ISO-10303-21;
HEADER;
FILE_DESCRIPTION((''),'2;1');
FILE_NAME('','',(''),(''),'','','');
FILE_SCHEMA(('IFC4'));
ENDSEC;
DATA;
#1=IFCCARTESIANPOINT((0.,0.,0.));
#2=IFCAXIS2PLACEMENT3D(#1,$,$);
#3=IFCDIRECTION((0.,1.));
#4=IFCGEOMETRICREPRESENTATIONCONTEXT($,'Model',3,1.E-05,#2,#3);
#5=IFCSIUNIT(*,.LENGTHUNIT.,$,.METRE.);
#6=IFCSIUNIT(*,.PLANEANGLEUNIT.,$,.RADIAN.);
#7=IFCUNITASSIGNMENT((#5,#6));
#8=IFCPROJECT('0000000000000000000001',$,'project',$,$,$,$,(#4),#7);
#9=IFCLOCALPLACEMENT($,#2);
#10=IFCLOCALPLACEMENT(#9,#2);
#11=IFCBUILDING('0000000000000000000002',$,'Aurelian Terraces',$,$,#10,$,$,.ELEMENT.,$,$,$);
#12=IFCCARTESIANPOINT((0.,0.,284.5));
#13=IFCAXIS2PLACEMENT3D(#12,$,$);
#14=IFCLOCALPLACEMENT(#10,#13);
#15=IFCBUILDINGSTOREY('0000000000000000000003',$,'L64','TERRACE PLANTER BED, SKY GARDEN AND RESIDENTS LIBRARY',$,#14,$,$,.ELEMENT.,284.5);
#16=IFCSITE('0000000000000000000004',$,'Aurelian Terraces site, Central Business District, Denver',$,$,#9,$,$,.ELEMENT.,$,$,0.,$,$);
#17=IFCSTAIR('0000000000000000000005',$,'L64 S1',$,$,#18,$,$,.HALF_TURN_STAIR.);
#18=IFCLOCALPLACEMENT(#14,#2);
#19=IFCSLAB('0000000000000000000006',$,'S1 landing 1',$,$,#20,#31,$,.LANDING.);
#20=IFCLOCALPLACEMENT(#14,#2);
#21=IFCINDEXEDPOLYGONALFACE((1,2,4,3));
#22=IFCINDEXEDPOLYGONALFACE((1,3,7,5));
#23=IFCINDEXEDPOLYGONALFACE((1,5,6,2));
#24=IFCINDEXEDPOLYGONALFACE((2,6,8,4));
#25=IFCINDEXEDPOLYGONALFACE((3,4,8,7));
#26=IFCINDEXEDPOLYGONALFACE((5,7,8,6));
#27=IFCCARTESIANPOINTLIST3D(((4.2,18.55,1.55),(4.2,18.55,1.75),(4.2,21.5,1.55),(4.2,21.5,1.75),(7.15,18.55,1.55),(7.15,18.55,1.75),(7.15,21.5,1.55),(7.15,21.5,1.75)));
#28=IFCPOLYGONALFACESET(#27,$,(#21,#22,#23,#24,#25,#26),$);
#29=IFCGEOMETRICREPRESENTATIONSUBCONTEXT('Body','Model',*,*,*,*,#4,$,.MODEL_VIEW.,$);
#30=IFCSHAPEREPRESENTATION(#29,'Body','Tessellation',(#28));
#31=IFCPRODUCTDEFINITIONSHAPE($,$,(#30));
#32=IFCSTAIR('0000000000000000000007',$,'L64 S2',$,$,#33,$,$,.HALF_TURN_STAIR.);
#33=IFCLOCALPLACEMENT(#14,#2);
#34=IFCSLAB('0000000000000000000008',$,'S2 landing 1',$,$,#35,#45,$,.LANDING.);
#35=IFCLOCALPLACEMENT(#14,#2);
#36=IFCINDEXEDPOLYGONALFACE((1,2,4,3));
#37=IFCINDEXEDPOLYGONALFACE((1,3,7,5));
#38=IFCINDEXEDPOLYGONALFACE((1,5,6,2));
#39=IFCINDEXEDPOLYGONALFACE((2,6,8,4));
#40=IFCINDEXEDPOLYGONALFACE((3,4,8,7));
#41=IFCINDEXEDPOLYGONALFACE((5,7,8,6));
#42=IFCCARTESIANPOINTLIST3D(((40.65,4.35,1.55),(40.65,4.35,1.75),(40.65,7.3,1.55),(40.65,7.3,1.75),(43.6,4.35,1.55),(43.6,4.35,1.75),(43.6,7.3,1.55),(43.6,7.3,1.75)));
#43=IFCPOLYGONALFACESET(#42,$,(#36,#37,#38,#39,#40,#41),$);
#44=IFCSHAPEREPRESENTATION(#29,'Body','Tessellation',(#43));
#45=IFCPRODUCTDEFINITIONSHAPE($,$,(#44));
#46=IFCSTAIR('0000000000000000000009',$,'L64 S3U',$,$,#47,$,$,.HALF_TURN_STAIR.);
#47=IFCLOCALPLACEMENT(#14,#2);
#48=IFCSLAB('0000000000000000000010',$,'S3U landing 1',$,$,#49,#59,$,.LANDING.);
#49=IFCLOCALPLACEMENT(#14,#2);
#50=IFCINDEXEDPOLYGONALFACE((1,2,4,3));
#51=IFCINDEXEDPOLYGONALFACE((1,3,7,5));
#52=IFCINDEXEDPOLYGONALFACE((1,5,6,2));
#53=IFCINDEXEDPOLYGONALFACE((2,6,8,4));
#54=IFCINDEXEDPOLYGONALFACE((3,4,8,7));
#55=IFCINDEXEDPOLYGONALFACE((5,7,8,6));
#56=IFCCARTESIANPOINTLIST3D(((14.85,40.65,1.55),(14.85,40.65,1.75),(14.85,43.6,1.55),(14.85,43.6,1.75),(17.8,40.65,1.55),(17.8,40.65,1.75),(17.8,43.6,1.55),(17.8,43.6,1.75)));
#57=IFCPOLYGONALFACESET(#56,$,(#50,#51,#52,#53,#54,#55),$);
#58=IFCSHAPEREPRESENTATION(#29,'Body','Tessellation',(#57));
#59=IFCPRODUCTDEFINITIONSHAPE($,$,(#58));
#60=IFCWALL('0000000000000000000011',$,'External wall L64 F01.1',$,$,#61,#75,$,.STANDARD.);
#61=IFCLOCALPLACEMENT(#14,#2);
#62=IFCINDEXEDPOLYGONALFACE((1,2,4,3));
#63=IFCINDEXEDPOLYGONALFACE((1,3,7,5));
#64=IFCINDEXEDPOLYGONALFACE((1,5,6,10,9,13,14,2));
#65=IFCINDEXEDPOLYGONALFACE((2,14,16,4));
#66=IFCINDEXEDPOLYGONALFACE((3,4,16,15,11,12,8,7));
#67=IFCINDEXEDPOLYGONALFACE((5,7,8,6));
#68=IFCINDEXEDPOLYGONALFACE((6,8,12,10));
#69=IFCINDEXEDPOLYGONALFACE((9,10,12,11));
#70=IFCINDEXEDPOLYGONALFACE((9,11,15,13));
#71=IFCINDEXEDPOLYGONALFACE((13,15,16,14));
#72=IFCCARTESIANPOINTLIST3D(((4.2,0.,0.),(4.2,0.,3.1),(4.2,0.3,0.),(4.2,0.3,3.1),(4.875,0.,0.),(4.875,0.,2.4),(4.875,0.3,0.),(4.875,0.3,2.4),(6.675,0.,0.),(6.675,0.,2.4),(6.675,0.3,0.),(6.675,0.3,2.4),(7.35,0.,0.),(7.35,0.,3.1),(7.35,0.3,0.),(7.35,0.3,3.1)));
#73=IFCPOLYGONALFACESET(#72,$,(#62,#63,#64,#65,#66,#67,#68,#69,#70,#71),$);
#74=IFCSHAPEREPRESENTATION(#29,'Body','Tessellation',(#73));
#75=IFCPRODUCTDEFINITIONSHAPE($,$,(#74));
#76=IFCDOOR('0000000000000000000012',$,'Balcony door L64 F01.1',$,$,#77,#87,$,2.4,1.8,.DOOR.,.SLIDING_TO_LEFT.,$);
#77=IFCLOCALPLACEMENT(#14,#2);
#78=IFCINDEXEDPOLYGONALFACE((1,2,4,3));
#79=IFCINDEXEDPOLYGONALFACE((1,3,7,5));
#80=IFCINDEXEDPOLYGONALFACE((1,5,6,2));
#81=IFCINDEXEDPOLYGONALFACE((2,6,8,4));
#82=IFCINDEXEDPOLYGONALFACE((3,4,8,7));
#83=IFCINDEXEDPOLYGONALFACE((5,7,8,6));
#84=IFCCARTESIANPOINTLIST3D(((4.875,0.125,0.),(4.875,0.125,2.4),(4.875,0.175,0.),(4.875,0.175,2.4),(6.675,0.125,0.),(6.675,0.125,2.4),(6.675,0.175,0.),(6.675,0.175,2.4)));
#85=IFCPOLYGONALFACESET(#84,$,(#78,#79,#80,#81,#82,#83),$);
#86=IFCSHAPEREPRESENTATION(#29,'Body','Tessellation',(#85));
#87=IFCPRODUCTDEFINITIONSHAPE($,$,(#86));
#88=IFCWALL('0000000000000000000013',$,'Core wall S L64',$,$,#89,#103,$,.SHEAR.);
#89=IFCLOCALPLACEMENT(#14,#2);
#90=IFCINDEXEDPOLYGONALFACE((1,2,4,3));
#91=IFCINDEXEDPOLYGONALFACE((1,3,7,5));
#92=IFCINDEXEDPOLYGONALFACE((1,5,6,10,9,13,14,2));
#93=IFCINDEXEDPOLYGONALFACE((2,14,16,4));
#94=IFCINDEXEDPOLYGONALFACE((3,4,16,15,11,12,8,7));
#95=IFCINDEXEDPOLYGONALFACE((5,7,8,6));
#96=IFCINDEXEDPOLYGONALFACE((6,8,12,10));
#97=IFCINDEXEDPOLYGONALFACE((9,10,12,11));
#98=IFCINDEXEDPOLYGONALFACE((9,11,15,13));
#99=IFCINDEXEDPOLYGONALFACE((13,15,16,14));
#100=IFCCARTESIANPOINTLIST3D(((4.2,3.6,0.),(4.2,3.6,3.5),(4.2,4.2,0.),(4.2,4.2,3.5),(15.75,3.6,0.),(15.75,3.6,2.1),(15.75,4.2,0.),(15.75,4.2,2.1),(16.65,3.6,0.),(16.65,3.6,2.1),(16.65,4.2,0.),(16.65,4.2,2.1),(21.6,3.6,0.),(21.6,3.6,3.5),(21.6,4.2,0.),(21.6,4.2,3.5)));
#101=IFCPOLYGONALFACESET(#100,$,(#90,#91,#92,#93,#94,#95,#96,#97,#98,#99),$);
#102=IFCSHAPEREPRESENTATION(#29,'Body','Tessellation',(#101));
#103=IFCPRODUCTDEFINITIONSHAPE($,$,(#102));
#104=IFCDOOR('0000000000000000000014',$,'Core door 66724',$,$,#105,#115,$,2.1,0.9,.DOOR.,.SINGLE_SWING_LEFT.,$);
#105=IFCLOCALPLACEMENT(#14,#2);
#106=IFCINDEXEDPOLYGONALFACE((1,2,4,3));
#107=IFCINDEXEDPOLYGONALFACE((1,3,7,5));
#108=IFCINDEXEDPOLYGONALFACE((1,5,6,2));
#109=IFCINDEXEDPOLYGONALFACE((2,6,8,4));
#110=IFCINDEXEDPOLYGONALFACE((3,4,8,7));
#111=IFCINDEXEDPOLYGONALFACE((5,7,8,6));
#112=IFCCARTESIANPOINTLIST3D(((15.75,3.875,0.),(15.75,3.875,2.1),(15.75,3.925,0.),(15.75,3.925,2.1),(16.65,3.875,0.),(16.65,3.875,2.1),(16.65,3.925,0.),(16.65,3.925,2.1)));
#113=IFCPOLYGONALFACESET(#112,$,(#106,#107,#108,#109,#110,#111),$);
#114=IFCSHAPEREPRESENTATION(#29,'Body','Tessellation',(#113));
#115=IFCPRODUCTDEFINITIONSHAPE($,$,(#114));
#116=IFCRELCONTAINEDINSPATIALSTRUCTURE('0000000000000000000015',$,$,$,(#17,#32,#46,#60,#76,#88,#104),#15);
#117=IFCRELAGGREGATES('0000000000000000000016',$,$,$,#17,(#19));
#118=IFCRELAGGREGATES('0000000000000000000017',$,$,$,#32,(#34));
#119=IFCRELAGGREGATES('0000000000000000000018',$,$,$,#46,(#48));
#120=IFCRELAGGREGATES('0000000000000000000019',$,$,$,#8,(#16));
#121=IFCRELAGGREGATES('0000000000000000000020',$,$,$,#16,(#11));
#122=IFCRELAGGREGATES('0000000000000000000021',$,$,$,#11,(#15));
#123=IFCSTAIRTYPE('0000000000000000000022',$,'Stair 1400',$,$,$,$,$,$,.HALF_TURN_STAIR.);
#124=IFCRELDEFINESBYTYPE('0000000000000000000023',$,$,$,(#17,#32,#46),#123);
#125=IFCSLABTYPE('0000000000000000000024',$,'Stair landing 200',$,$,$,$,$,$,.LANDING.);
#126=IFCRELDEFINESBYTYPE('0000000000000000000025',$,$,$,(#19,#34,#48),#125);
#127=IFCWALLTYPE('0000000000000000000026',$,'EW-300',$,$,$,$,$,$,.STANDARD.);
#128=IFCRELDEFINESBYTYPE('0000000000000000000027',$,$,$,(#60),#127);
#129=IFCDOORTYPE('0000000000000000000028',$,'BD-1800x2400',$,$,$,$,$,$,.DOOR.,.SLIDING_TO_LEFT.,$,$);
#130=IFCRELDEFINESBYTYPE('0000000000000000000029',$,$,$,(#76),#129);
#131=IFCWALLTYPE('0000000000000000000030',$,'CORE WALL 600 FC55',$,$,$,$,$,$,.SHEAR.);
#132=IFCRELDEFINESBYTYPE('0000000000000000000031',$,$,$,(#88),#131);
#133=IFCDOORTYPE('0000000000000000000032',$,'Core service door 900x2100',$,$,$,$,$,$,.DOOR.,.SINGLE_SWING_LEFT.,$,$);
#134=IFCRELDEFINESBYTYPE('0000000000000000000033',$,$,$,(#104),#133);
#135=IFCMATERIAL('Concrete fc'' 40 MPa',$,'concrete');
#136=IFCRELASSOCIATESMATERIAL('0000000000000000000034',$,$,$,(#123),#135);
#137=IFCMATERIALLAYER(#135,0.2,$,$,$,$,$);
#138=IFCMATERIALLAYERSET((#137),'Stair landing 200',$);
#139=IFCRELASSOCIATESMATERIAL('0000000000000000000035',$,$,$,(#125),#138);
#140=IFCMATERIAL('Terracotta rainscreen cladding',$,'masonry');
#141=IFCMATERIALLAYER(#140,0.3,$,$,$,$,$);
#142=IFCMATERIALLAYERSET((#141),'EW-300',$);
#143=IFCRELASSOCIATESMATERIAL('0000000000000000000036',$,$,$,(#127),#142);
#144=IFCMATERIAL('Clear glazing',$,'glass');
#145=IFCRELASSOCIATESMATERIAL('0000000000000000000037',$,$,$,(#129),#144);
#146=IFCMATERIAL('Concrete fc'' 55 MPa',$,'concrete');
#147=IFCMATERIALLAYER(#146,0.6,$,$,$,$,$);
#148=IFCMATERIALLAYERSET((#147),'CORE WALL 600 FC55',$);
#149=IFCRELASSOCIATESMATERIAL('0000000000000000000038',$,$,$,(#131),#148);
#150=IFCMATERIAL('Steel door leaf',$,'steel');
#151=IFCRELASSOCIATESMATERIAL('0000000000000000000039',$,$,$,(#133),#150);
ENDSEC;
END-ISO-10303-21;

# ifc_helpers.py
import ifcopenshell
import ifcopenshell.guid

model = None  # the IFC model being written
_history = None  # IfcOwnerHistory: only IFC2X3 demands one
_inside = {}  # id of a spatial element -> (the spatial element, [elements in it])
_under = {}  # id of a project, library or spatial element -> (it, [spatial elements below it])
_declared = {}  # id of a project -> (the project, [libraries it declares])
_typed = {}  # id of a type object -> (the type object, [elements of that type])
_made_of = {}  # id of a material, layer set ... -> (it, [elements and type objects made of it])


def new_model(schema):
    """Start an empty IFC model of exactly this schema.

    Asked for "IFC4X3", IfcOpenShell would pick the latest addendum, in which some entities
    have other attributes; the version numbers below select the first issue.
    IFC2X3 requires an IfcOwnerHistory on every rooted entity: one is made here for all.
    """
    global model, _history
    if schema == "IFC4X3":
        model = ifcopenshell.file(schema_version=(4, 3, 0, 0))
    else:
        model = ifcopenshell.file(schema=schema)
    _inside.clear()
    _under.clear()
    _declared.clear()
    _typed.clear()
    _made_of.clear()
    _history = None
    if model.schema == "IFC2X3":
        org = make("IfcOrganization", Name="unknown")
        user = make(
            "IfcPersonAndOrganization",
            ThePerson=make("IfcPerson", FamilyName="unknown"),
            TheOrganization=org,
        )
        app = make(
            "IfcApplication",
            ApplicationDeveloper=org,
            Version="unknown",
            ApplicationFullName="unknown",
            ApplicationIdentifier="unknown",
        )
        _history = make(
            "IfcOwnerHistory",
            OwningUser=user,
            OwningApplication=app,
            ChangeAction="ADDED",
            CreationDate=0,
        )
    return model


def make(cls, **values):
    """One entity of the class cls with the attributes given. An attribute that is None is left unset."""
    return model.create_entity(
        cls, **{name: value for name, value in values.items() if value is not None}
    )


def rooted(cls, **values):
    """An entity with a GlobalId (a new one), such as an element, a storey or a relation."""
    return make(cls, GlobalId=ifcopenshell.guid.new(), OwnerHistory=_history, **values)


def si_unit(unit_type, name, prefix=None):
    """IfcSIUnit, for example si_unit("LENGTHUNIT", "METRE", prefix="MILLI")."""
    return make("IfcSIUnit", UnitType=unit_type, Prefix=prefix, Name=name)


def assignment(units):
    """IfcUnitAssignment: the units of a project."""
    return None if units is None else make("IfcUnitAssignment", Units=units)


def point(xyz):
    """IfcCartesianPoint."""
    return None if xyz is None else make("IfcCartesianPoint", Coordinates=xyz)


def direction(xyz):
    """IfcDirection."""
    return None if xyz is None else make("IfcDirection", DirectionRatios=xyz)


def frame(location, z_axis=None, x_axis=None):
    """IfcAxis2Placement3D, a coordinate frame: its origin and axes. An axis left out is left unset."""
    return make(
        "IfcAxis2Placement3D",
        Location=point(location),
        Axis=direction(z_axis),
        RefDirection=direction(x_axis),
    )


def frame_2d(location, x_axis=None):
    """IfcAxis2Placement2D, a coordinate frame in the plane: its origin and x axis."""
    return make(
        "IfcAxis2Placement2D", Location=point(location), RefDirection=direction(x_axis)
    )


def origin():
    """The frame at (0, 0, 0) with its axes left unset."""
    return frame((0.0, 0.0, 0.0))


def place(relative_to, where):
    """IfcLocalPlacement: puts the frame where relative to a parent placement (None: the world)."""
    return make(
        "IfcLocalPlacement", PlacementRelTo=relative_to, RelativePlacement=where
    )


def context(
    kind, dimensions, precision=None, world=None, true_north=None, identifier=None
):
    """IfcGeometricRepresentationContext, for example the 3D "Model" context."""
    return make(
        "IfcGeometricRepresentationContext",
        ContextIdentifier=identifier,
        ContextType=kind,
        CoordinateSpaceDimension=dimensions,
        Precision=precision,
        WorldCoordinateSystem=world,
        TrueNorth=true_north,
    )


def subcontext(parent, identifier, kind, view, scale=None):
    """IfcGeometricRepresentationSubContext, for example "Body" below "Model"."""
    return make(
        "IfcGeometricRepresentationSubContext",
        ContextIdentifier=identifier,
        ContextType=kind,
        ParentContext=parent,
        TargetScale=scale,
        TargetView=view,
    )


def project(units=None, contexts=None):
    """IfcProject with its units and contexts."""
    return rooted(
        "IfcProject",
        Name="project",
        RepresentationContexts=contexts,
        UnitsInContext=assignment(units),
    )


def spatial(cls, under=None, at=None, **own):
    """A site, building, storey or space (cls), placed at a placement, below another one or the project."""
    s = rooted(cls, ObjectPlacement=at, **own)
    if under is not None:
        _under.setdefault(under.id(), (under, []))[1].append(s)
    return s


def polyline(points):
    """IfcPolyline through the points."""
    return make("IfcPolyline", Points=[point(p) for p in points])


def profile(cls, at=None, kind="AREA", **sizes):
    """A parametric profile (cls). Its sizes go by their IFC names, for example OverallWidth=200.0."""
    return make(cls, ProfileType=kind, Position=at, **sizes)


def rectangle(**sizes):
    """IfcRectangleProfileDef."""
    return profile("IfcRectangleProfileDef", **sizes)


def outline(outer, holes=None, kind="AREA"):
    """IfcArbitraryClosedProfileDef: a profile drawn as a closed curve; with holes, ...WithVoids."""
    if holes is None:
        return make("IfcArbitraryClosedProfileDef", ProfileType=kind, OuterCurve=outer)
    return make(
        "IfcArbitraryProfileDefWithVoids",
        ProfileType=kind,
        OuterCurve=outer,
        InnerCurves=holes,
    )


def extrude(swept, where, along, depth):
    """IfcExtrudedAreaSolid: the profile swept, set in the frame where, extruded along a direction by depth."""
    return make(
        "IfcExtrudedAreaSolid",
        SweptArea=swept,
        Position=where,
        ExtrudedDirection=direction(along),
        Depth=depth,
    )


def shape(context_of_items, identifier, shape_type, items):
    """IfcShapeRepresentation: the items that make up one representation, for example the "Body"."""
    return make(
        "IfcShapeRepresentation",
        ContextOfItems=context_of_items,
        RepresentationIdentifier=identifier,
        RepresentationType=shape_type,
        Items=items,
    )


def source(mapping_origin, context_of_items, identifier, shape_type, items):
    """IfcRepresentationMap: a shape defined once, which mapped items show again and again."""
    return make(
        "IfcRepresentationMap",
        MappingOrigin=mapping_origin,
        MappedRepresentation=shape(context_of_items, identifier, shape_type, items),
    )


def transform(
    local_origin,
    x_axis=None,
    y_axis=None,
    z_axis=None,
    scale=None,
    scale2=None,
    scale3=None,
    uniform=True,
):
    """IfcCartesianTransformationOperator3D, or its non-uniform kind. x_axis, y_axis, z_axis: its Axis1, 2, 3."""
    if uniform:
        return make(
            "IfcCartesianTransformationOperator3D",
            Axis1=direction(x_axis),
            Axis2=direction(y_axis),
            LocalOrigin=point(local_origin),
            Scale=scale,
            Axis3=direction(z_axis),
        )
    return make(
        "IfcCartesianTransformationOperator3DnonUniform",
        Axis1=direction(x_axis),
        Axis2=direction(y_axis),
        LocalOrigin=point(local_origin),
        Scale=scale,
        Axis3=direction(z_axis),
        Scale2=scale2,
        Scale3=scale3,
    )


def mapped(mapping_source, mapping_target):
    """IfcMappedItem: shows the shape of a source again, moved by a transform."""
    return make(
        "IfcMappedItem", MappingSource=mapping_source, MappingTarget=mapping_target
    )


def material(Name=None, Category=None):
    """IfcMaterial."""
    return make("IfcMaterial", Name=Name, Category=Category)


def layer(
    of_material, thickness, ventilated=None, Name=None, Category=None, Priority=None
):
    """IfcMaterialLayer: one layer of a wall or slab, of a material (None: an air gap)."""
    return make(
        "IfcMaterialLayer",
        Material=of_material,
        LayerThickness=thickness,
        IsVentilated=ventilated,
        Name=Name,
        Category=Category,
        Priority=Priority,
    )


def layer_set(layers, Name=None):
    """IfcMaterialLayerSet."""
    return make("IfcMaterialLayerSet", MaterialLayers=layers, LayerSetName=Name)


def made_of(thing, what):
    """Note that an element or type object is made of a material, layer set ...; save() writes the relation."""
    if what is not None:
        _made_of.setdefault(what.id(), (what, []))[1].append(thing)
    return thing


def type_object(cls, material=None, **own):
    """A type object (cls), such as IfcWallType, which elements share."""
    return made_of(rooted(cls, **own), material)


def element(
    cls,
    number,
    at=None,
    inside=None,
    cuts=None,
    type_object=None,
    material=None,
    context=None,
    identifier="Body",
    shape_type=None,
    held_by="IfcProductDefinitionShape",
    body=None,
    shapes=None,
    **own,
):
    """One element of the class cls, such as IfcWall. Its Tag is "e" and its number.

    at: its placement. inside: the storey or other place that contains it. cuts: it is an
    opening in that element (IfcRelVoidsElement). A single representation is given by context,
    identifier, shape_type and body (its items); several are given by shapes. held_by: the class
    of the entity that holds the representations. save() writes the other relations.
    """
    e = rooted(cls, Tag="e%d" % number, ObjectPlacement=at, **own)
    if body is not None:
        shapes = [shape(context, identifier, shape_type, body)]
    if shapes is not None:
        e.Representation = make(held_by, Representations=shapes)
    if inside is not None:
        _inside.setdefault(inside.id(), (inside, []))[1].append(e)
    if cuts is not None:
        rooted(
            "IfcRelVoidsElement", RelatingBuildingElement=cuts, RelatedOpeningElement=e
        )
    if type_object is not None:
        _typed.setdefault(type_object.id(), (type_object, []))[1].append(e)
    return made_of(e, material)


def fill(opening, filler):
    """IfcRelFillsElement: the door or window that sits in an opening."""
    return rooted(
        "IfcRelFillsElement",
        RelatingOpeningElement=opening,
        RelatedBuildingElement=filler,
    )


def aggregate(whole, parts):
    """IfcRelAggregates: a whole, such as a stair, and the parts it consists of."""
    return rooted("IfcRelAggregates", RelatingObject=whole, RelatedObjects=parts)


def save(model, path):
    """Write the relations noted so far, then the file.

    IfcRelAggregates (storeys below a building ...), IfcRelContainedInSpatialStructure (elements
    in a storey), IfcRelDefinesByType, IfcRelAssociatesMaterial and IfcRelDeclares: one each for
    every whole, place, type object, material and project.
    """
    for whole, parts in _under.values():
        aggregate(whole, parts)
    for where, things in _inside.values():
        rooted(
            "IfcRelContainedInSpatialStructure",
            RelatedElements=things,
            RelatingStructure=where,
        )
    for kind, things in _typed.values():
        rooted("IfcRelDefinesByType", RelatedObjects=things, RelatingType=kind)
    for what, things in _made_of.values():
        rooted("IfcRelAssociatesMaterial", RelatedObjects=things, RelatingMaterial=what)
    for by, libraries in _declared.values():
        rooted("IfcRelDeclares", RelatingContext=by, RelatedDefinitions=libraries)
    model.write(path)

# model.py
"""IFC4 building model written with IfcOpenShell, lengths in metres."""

from ifc_helpers import new_model, si_unit, direction, frame, frame_2d, origin, place, context, subcontext, project, spatial, polyline, rectangle, outline, extrude, source, transform, mapped, material, layer, layer_set, type_object, element, fill, aggregate, save


model = new_model("IFC4")

# Units and contexts
model_context = context("Model", 3, precision=1e-05, world=origin(), true_north=direction((0.0, 1.0)))
body_context = subcontext(model_context, "Body", "Model", "MODEL_VIEW")
ifc_project = project(units=[si_unit("LENGTHUNIT", "METRE"), si_unit("PLANEANGLEUNIT", "RADIAN")], contexts=[model_context])

# Site, building, storey
site_placement = place(None, origin())
site = spatial("IfcSite", under=ifc_project, at=site_placement, Name="Aurelian Terraces site, Central Business District, Denver", CompositionType="ELEMENT", RefElevation=0.0)
building_placement = place(site_placement, origin())
building = spatial("IfcBuilding", under=site, at=building_placement, Name="Aurelian Terraces", CompositionType="ELEMENT")
storey_placement = place(building_placement, frame((0.0, 0.0, 284.5)))
storey = spatial("IfcBuildingStorey", under=building, at=storey_placement, Name="L64", Description="TERRACE PLANTER BED, SKY GARDEN AND RESIDENTS LIBRARY", CompositionType="ELEMENT", Elevation=284.5)

# Shared definitions
ifc_material_1 = material(Name="Concrete fc' 40 MPa", Category="concrete")

# Stairs, slabs
stair_type = type_object("IfcStairType", Name="Stair 1400", PredefinedType="HALF_TURN_STAIR", material=ifc_material_1)
stair_1_placement = place(storey_placement, origin())
stair_1 = element("IfcStair", 1, at=stair_1_placement, inside=storey, type_object=stair_type, Name="L64 S1", PredefinedType="HALF_TURN_STAIR")
ifc_layer_1 = layer(ifc_material_1, 0.2)
ifc_layer_set_1 = layer_set([ifc_layer_1], Name="Stair landing 200")
slab_type_1 = type_object("IfcSlabType", Name="Stair landing 200", PredefinedType="LANDING", material=ifc_layer_set_1)
shared_shape_1 = source(origin(), body_context, "Body", "SweptSolid", [
    extrude(outline(polyline([(7.15, 18.55), (7.15, 21.5), (4.2, 21.5), (4.2, 18.55), (7.15, 18.55)])), origin(), (0.0, 0.0, 1.0), 0.2),
])
slab_1_placement = place(storey_placement, frame((0.0, 0.0, 1.55)))
slab_1 = element("IfcSlab", 2, at=slab_1_placement, type_object=slab_type_1, Name="S1 landing 1", PredefinedType="LANDING", context=body_context, shape_type="MappedRepresentation", body=[
    mapped(shared_shape_1, transform((0.0, 0.0, 0.0), scale=1.0)),
])
aggregate(stair_1, [slab_1])
stair_2_placement = place(storey_placement, origin())
stair_2 = element("IfcStair", 3, at=stair_2_placement, inside=storey, type_object=stair_type, Name="L64 S2", PredefinedType="HALF_TURN_STAIR")
shared_shape_2 = source(origin(), body_context, "Body", "SweptSolid", [
    extrude(outline(polyline([(43.6, 4.35), (43.6, 7.3), (40.65, 7.3), (40.65, 4.35), (43.6, 4.35)])), origin(), (0.0, 0.0, 1.0), 0.2),
])
slab_2_placement = place(storey_placement, frame((0.0, 0.0, 1.55)))
slab_2 = element("IfcSlab", 4, at=slab_2_placement, type_object=slab_type_1, Name="S2 landing 1", PredefinedType="LANDING", context=body_context, shape_type="MappedRepresentation", body=[
    mapped(shared_shape_2, transform((0.0, 0.0, 0.0), scale=1.0)),
])
aggregate(stair_2, [slab_2])
stair_3_placement = place(storey_placement, origin())
stair_3 = element("IfcStair", 5, at=stair_3_placement, inside=storey, type_object=stair_type, Name="L64 S3U", PredefinedType="HALF_TURN_STAIR")
shared_shape_3 = source(origin(), body_context, "Body", "SweptSolid", [
    extrude(outline(polyline([(14.85, 40.65), (17.8, 40.65), (17.8, 43.6), (14.85, 43.6), (14.85, 40.65)])), origin(), (0.0, 0.0, 1.0), 0.2),
])
slab_3_placement = place(storey_placement, frame((0.0, 0.0, 1.55)))
slab_3 = element("IfcSlab", 6, at=slab_3_placement, type_object=slab_type_1, Name="S3U landing 1", PredefinedType="LANDING", context=body_context, shape_type="MappedRepresentation", body=[
    mapped(shared_shape_3, transform((0.0, 0.0, 0.0), scale=1.0)),
])
aggregate(stair_3, [slab_3])

# Walls, openings, doors
ifc_material_2 = material(Name="Terracotta rainscreen cladding", Category="masonry")
ifc_layer_2 = layer(ifc_material_2, 0.3)
ifc_layer_set_2 = layer_set([ifc_layer_2], Name="EW-300")
wall_type_1 = type_object("IfcWallType", Name="EW-300", PredefinedType="STANDARD", material=ifc_layer_set_2)
wall_1_placement = place(storey_placement, frame((4.2, 0.15, 0.0), z_axis=(0.0, 0.0, 1.0), x_axis=(1.0, 0.0, 0.0)))
wall_1 = element("IfcWall", 7, at=wall_1_placement, inside=storey, type_object=wall_type_1, Name="External wall L64 F01.1", PredefinedType="STANDARD", context=body_context, shape_type="SweptSolid", body=[
    extrude(rectangle(XDim=3.15, YDim=0.3, at=frame_2d((1.575, 0.0))), origin(), (0.0, 0.0, 1.0), 3.1),
])
shared_shape_4 = source(origin(), body_context, "Body", "SweptSolid", [
    extrude(rectangle(XDim=1.8, YDim=2.4, at=frame_2d((0.9, 1.2))), frame((0.0, 0.16, 0.0), z_axis=(0.0, -1.0, 0.0), x_axis=(1.0, 0.0, 0.0)), (0.0, 0.0, 1.0), 0.32),
])
opening_1_placement = place(wall_1_placement, frame((0.675, 0.0, 0.0)))
opening_1 = element("IfcOpeningElement", 8, at=opening_1_placement, cuts=wall_1, PredefinedType="OPENING", context=body_context, shape_type="MappedRepresentation", body=[
    mapped(shared_shape_4, transform((0.0, 0.0, 0.0), scale=1.0)),
])
ifc_material_3 = material(Name="Clear glazing", Category="glass")
door_type_1 = type_object("IfcDoorType", Name="BD-1800x2400", OperationType="SLIDING_TO_LEFT", PredefinedType="DOOR", material=ifc_material_3)
shared_shape_5 = source(origin(), body_context, "Body", "SweptSolid", [
    extrude(rectangle(XDim=1.8, YDim=2.4, at=frame_2d((0.9, 1.2))), frame((0.0, 0.025, 0.0), z_axis=(0.0, -1.0, 0.0), x_axis=(1.0, 0.0, 0.0)), (0.0, 0.0, 1.0), 0.05),
])
door_1_placement = place(opening_1_placement, origin())
door_1 = element("IfcDoor", 9, at=door_1_placement, inside=storey, type_object=door_type_1, Name="Balcony door L64 F01.1", OperationType="SLIDING_TO_LEFT", OverallHeight=2.4, OverallWidth=1.8, PredefinedType="DOOR", context=body_context, shape_type="MappedRepresentation", body=[
    mapped(shared_shape_5, transform((0.0, 0.0, 0.0), scale=1.0)),
])
fill(opening_1, door_1)
ifc_material_4 = material(Name="Concrete fc' 55 MPa", Category="concrete")
ifc_layer_3 = layer(ifc_material_4, 0.6)
ifc_layer_set_3 = layer_set([ifc_layer_3], Name="CORE WALL 600 FC55")
wall_type_2 = type_object("IfcWallType", Name="CORE WALL 600 FC55", PredefinedType="SHEAR", material=ifc_layer_set_3)
shared_shape_6 = source(origin(), body_context, "Body", "SweptSolid", [
    extrude(rectangle(XDim=17.4, YDim=0.6, at=frame_2d((8.7, 0.0))), origin(), (0.0, 0.0, 1.0), 3.5),
])
wall_2_placement = place(storey_placement, frame((4.2, 3.9, 0.0), z_axis=(0.0, 0.0, 1.0), x_axis=(1.0, 0.0, 0.0)))
wall_2 = element("IfcWall", 10, at=wall_2_placement, inside=storey, type_object=wall_type_2, Name="Core wall S L64", PredefinedType="SHEAR", context=body_context, shape_type="MappedRepresentation", body=[
    mapped(shared_shape_6, transform((0.0, 0.0, 0.0), scale=1.0)),
])
opening_2_placement = place(wall_2_placement, frame((11.55, 0.0, 0.0)))
opening_2 = element("IfcOpeningElement", 11, at=opening_2_placement, cuts=wall_2, PredefinedType="OPENING", context=body_context, shape_type="SweptSolid", body=[
    extrude(rectangle(XDim=0.9, YDim=2.1, at=frame_2d((0.45, 1.05))), frame((0.0, 0.31, 0.0), z_axis=(0.0, -1.0, 0.0), x_axis=(1.0, 0.0, 0.0)), (0.0, 0.0, 1.0), 0.62),
])
ifc_material_5 = material(Name="Steel door leaf", Category="steel")
door_type_2 = type_object("IfcDoorType", Name="Core service door 900x2100", OperationType="SINGLE_SWING_LEFT", PredefinedType="DOOR", material=ifc_material_5)
shared_shape_7 = source(origin(), body_context, "Body", "SweptSolid", [
    extrude(rectangle(XDim=0.9, YDim=2.1, at=frame_2d((0.45, 1.05))), frame((0.0, 0.025, 0.0), z_axis=(0.0, -1.0, 0.0), x_axis=(1.0, 0.0, 0.0)), (0.0, 0.0, 1.0), 0.05),
])
door_2_placement = place(opening_2_placement, origin())
door_2 = element("IfcDoor", 12, at=door_2_placement, inside=storey, type_object=door_type_2, Name="Core door 66724", OperationType="SINGLE_SWING_LEFT", OverallHeight=2.1, OverallWidth=0.9, PredefinedType="DOOR", context=body_context, shape_type="MappedRepresentation", body=[
    mapped(shared_shape_7, transform((0.0, 0.0, 0.0), scale=1.0)),
])
fill(opening_2, door_2)

save(model, "model.ifc")
